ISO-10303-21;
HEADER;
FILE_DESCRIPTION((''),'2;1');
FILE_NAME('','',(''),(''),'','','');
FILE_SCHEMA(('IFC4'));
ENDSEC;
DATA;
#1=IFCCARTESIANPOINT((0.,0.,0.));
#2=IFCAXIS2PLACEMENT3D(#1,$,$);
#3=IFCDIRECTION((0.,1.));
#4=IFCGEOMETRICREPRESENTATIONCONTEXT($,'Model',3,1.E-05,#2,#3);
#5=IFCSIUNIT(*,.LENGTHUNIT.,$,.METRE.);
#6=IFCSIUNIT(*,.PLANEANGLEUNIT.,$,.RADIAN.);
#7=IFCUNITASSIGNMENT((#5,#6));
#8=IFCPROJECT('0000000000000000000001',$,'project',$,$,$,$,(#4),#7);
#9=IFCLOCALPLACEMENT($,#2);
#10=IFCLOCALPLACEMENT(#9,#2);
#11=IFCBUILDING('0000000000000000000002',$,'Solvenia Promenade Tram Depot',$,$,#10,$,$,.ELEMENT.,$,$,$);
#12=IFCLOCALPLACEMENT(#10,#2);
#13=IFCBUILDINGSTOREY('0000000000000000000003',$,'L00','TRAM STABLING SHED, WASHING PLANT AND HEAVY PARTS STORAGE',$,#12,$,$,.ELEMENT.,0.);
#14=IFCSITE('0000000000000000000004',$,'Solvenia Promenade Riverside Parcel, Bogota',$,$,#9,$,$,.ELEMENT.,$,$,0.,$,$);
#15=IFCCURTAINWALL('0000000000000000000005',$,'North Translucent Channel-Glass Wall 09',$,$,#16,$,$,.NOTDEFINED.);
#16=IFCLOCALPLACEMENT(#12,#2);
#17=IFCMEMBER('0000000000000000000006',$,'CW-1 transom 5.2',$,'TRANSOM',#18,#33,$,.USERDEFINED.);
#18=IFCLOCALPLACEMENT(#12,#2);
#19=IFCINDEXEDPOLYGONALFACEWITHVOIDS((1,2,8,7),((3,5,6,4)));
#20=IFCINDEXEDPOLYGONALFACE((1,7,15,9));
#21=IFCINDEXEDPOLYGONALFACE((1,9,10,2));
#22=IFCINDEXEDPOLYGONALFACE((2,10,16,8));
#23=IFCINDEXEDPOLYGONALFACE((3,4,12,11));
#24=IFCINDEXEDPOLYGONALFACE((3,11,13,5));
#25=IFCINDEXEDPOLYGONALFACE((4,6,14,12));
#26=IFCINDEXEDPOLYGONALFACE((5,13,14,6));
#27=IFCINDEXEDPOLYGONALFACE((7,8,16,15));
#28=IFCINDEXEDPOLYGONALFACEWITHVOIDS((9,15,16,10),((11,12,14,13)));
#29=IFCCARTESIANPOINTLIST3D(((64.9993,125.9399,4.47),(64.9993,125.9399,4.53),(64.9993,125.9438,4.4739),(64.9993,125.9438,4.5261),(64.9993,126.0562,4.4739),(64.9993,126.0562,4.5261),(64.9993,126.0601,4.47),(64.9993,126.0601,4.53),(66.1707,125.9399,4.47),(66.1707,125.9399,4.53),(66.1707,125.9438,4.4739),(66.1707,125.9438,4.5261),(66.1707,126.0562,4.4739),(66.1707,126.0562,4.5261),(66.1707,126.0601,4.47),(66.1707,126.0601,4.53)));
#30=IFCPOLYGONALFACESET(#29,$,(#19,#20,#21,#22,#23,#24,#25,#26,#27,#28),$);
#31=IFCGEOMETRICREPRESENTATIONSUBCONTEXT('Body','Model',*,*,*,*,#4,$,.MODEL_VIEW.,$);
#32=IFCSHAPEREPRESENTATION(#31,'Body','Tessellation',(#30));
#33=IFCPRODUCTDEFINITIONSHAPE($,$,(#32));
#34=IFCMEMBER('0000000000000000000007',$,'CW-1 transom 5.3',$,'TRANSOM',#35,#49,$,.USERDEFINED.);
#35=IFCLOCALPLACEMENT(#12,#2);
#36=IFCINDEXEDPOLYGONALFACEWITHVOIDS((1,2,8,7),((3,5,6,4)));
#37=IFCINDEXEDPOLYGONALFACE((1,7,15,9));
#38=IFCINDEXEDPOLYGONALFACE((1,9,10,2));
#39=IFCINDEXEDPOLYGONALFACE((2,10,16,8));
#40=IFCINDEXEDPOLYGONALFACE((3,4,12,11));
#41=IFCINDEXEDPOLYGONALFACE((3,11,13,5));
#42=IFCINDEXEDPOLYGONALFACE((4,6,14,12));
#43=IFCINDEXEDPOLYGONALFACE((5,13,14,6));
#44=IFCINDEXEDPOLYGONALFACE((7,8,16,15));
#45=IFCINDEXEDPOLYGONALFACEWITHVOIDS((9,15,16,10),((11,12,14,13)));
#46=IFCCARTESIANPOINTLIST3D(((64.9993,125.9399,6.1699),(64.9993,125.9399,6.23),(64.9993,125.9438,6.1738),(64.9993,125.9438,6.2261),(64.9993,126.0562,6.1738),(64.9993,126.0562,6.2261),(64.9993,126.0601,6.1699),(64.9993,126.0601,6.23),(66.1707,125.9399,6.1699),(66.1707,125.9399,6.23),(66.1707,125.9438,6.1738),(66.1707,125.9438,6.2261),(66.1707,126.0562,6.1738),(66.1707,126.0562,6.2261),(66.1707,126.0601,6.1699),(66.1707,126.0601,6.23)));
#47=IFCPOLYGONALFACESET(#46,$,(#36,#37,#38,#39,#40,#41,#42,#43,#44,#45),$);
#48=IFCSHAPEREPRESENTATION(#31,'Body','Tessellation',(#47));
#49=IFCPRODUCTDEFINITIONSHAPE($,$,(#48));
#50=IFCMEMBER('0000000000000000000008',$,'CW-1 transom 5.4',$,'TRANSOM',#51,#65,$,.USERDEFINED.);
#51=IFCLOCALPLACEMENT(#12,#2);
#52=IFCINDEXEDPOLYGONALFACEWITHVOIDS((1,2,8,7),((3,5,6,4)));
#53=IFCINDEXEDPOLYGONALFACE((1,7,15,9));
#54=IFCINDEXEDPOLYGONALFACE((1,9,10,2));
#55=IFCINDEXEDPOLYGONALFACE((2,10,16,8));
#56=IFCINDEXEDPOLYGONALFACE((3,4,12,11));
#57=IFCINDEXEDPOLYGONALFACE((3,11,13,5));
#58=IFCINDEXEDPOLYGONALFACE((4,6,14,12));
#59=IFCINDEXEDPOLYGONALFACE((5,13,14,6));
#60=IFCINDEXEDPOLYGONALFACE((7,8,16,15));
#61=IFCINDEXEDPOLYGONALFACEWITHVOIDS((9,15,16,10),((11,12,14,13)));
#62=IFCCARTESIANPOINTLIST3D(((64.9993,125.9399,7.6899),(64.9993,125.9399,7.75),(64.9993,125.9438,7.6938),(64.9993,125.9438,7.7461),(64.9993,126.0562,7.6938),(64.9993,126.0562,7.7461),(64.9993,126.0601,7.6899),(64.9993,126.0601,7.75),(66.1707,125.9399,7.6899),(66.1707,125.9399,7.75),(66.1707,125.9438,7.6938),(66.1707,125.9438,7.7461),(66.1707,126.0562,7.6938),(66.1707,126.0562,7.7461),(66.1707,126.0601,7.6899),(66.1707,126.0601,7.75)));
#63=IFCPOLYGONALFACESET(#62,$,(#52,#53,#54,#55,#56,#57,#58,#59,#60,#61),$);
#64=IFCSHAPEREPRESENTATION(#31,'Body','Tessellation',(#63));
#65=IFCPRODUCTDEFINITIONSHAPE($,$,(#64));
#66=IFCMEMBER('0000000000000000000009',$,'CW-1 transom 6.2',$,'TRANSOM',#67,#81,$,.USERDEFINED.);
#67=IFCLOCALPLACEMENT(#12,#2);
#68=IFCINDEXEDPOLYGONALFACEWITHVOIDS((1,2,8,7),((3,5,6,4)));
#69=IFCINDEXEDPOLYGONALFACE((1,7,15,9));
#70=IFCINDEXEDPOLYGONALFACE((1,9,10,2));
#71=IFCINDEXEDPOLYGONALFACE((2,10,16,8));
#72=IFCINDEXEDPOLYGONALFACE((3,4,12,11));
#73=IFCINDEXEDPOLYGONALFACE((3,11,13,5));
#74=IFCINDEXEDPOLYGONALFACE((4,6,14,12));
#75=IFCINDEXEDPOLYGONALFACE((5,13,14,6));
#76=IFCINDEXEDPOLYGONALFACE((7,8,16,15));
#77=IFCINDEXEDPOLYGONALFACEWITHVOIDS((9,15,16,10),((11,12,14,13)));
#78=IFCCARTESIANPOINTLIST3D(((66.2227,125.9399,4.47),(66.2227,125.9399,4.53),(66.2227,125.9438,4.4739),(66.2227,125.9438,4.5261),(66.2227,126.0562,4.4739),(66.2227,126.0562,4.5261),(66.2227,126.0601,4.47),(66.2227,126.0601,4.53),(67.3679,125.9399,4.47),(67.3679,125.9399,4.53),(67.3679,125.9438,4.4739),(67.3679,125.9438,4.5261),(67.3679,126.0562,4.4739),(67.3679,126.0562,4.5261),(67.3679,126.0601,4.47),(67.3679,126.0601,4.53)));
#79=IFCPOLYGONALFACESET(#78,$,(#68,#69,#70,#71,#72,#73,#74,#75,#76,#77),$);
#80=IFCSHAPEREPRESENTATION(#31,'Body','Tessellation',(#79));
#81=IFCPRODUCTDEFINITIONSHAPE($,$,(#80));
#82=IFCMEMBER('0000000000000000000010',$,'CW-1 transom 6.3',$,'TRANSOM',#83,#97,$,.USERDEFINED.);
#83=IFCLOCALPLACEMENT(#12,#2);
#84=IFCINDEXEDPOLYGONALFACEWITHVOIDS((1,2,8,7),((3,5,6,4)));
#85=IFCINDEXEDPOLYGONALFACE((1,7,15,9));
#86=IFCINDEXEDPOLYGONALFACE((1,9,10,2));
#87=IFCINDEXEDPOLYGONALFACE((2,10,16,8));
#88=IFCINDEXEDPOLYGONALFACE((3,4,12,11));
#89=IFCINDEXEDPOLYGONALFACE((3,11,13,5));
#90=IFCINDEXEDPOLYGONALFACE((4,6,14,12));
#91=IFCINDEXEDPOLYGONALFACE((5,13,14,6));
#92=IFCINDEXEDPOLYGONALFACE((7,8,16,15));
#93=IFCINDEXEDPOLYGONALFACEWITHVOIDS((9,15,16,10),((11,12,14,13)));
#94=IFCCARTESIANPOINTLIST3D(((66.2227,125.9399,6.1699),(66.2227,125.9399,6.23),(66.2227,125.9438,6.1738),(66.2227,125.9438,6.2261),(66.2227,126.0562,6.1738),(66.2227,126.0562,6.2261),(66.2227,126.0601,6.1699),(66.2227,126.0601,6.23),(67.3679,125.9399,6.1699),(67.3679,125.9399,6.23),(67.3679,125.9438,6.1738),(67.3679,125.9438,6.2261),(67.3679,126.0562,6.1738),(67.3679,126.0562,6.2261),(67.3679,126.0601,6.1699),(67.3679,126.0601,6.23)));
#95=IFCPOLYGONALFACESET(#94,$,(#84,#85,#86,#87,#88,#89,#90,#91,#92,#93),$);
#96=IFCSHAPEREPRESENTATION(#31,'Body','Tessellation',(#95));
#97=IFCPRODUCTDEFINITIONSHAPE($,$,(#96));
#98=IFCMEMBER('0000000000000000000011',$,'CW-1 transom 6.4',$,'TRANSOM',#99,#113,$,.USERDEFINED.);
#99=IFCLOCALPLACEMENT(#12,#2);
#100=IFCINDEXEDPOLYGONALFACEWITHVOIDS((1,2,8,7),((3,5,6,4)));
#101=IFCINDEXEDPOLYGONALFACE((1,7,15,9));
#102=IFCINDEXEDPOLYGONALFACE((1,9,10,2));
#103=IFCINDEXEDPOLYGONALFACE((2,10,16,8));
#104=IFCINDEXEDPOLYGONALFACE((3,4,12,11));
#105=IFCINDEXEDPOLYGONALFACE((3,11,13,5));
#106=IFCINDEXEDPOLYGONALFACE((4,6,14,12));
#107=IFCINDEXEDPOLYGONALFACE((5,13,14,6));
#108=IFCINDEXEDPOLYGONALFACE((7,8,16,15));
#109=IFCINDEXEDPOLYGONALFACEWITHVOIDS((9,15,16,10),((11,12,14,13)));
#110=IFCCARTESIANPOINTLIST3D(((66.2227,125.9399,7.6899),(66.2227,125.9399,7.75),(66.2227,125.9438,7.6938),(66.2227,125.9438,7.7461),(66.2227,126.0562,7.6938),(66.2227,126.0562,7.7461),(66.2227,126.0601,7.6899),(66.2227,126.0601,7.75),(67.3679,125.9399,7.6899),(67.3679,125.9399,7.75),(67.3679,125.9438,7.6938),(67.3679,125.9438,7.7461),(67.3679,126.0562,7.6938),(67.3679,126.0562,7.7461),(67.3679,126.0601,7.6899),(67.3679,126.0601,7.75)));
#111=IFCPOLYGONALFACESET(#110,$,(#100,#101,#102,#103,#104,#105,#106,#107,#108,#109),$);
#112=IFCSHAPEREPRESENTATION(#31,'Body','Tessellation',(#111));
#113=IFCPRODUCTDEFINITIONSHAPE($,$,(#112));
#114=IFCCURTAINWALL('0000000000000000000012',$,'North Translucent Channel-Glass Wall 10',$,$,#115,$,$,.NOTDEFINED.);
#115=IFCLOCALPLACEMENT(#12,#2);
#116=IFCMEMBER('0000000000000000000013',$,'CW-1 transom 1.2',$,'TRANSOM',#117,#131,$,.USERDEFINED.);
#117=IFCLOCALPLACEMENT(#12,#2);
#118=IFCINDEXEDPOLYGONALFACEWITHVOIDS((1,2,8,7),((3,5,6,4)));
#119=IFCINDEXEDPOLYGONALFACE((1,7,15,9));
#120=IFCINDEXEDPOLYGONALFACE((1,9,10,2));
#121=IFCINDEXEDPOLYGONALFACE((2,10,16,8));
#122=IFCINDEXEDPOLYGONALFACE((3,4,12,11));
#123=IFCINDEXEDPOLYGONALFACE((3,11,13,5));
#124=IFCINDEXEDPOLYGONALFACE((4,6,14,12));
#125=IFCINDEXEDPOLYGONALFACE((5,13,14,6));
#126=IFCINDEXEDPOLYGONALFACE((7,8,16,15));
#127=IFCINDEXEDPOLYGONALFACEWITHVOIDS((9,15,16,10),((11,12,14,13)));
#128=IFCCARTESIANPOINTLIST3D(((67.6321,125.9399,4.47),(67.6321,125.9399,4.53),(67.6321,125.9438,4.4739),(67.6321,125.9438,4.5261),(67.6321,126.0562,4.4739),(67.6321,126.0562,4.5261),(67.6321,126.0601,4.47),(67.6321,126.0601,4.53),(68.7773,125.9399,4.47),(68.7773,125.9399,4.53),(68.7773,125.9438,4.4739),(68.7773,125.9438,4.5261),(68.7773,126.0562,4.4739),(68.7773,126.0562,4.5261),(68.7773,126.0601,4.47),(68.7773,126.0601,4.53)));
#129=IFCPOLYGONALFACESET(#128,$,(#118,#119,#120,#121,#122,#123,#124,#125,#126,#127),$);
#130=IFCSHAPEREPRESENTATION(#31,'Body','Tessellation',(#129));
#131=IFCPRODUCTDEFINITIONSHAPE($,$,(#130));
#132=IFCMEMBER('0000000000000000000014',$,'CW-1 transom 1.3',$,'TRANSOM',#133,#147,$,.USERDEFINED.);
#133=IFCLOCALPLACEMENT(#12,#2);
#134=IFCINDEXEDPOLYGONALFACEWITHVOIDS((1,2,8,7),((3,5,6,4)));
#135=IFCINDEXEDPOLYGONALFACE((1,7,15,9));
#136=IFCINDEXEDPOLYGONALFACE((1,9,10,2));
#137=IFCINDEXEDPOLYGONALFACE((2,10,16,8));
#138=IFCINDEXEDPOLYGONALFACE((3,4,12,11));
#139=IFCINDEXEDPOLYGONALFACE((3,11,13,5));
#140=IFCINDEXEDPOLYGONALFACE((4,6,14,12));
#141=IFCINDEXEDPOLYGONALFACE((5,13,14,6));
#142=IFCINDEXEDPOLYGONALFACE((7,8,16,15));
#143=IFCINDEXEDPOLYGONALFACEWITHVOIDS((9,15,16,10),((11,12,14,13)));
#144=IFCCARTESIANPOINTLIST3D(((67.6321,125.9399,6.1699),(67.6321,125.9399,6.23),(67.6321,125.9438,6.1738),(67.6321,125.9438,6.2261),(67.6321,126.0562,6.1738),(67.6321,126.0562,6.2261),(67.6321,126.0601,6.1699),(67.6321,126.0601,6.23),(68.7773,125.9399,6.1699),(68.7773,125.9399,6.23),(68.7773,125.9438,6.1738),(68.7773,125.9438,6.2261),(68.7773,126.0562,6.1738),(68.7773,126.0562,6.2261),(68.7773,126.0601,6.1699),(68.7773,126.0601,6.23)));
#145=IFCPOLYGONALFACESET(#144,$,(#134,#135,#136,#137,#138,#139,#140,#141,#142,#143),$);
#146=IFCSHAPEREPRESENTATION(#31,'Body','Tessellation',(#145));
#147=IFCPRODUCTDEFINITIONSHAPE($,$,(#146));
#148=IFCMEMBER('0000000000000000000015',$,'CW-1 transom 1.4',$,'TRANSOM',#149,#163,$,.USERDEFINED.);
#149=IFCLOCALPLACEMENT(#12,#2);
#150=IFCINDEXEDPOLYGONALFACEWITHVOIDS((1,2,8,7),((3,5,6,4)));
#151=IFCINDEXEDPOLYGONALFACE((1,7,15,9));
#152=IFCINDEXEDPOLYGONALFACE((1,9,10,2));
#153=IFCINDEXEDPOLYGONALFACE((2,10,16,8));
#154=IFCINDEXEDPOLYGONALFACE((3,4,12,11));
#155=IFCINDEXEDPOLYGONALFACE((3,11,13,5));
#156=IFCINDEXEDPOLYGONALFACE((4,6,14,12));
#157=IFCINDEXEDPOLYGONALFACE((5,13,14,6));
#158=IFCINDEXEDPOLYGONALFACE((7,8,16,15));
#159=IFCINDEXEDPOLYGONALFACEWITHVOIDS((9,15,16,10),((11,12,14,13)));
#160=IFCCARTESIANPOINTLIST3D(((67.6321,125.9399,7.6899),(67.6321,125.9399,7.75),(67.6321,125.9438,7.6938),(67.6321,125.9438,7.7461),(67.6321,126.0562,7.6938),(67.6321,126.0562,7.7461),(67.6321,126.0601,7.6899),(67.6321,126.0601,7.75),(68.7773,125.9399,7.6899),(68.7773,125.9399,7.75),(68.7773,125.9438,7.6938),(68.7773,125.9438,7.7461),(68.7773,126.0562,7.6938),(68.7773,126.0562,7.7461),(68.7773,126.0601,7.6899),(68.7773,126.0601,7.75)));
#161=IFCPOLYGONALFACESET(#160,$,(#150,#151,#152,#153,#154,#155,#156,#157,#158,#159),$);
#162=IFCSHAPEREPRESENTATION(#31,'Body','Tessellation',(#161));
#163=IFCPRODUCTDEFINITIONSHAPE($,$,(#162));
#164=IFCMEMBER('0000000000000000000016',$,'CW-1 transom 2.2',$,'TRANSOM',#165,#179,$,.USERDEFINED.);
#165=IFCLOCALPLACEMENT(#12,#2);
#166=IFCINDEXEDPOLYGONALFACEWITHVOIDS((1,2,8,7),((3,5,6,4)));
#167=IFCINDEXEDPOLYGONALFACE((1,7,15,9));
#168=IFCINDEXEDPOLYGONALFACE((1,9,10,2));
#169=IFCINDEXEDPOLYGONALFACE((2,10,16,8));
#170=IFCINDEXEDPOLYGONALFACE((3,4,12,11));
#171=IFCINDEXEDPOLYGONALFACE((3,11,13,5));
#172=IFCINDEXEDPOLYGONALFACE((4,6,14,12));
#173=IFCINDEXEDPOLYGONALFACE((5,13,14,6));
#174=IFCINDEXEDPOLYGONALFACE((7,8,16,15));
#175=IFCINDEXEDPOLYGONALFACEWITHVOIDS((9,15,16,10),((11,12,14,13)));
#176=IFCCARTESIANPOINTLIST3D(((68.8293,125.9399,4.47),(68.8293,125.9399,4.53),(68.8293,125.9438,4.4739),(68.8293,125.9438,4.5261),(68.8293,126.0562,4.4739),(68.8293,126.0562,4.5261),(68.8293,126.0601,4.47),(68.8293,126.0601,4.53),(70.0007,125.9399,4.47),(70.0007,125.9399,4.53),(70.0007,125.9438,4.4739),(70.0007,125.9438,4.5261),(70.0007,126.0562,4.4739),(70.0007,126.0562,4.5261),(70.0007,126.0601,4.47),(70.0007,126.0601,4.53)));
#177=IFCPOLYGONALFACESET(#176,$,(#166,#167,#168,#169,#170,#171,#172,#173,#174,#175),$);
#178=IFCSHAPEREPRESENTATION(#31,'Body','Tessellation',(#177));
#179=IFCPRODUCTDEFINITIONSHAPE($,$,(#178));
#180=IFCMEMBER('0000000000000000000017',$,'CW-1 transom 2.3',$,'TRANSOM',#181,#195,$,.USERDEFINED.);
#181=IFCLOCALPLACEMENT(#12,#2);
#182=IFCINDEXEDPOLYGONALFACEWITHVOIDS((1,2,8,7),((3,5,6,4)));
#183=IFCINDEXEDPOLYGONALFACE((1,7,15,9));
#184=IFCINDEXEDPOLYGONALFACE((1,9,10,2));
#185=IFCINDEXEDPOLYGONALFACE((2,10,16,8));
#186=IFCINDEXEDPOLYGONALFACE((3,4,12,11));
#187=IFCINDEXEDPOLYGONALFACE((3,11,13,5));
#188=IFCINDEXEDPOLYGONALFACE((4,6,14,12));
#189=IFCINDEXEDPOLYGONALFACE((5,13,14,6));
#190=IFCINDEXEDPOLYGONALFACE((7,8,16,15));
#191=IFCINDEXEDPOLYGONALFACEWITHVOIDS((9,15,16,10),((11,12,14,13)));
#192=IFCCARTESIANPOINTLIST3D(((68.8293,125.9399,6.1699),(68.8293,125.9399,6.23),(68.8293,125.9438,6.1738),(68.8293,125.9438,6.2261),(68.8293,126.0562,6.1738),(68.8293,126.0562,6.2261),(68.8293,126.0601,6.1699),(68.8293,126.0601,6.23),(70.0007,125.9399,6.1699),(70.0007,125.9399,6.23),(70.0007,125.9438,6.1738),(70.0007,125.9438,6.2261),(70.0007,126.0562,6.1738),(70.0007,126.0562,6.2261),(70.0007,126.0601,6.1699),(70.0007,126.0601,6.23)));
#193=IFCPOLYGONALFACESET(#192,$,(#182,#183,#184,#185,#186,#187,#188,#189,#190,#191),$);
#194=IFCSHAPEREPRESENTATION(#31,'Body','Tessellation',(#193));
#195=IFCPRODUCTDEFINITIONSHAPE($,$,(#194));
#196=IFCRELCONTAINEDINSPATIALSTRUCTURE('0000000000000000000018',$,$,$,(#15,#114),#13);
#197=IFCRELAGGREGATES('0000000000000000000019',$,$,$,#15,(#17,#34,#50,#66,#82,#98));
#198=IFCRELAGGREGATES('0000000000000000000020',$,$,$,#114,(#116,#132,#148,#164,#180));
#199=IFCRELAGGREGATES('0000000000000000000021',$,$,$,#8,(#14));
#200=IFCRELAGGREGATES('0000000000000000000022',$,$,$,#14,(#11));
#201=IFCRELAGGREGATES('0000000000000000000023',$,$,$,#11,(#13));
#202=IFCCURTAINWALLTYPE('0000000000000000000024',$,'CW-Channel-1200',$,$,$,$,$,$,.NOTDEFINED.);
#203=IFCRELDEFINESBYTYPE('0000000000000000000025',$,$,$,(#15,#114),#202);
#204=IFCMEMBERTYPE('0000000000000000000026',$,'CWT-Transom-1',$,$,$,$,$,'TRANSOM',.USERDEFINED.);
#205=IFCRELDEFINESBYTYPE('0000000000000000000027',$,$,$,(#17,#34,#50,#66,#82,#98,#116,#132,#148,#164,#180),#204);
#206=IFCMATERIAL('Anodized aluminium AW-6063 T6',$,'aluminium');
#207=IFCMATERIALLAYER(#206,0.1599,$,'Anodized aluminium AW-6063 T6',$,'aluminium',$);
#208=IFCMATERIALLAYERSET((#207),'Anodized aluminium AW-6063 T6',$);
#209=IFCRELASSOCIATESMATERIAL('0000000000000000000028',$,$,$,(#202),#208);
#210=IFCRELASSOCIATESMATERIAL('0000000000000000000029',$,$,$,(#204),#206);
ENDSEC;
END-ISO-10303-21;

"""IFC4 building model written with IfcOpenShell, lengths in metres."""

from ifc_helpers import new_model, si_unit, direction, frame, origin, origin_2d, place, context, subcontext, project, spatial, hollow_rectangle, extrude, material, layer, layer_set, material_profile, profile_set, type_object, element, aggregate, save


model = new_model("IFC4")

# Units and contexts
model_context = context("Model", 3, precision=1e-05, world=origin(), true_north=direction((0.0, 1.0)))
body_context = subcontext(model_context, "Body", "Model", "MODEL_VIEW")
ifc_project = project(units=[si_unit("LENGTHUNIT", "METRE"), si_unit("PLANEANGLEUNIT", "RADIAN")], contexts=[model_context])

# Site, building, storey
site_placement = place(None, origin())
site = spatial("IfcSite", under=ifc_project, at=site_placement, Name="Solvenia Promenade Riverside Parcel, Bogota", CompositionType="ELEMENT", RefElevation=0.0)
building_placement = place(site_placement, origin())
building = spatial("IfcBuilding", under=site, at=building_placement, Name="Solvenia Promenade Tram Depot", CompositionType="ELEMENT")
storey_placement = place(building_placement, origin())
storey = spatial("IfcBuildingStorey", under=building, at=storey_placement, Name="L00", Description="TRAM STABLING SHED, WASHING PLANT AND HEAVY PARTS STORAGE", CompositionType="ELEMENT", Elevation=0.0)

# Curtain walls, members
ifc_material_1 = material(Name="Anodized aluminium AW-6063 T6", Category="aluminium")
ifc_layer_1 = layer(ifc_material_1, 0.1599, Name="Anodized aluminium AW-6063 T6", Category="aluminium")
ifc_layer_set_1 = layer_set([ifc_layer_1], Name="Anodized aluminium AW-6063 T6")
curtain_wall_type = type_object("IfcCurtainWallType", Name="CW-Channel-1200", PredefinedType="NOTDEFINED", material=ifc_layer_set_1)
curtain_wall_1_placement = place(storey_placement, origin())
curtain_wall_1 = element("IfcCurtainWall", 1, at=curtain_wall_1_placement, inside=storey, type_object=curtain_wall_type, Name="North Translucent Channel-Glass Wall 09", PredefinedType="NOTDEFINED")
ifc_material_profile = material_profile(ifc_material_1, hollow_rectangle(XDim=0.1201, YDim=0.0601, WallThickness=0.0039, at=origin_2d()), Name="ALU-T1", Category="aluminium")
ifc_profile_set = profile_set([ifc_material_profile], Name="Anodized aluminium AW-6063 T6")
member_type = type_object("IfcMemberType", Name="CWT-Transom-1", ElementType="TRANSOM", PredefinedType="USERDEFINED", material=ifc_profile_set)
member_1_placement = place(storey_placement, frame((64.9993, 126.0, 4.5), z_axis=(1.0, 0.0, 0.0), x_axis=(0.0, 1.0, 0.0)))
member_1 = element("IfcMember", 2, at=member_1_placement, type_object=member_type, Name="CW-1 transom 5.2", ObjectType="TRANSOM", PredefinedType="USERDEFINED", context=body_context, shape_type="SweptSolid", body=[
    extrude(hollow_rectangle(XDim=0.1201, YDim=0.0601, WallThickness=0.0039, at=origin_2d()), origin(), (0.0, 0.0, 1.0), 1.1714),
])
member_2_placement = place(storey_placement, frame((64.9993, 126.0, 6.2), z_axis=(1.0, 0.0, 0.0), x_axis=(0.0, 1.0, 0.0)))
member_2 = element("IfcMember", 3, at=member_2_placement, type_object=member_type, Name="CW-1 transom 5.3", ObjectType="TRANSOM", PredefinedType="USERDEFINED", context=body_context, shape_type="SweptSolid", body=[
    extrude(hollow_rectangle(XDim=0.1201, YDim=0.0601, WallThickness=0.0039, at=origin_2d()), origin(), (0.0, 0.0, 1.0), 1.1714),
])
member_3_placement = place(storey_placement, frame((64.9993, 126.0, 7.72), z_axis=(1.0, 0.0, 0.0), x_axis=(0.0, 1.0, 0.0)))
member_3 = element("IfcMember", 4, at=member_3_placement, type_object=member_type, Name="CW-1 transom 5.4", ObjectType="TRANSOM", PredefinedType="USERDEFINED", context=body_context, shape_type="SweptSolid", body=[
    extrude(hollow_rectangle(XDim=0.1201, YDim=0.0601, WallThickness=0.0039, at=origin_2d()), origin(), (0.0, 0.0, 1.0), 1.1714),
])
member_4_placement = place(storey_placement, frame((66.2227, 126.0, 4.5), z_axis=(1.0, 0.0, 0.0), x_axis=(0.0, 1.0, 0.0)))
member_4 = element("IfcMember", 5, at=member_4_placement, type_object=member_type, Name="CW-1 transom 6.2", ObjectType="TRANSOM", PredefinedType="USERDEFINED", context=body_context, shape_type="SweptSolid", body=[
    extrude(hollow_rectangle(XDim=0.1201, YDim=0.0601, WallThickness=0.0039, at=origin_2d()), origin(), (0.0, 0.0, 1.0), 1.1453),
])
member_5_placement = place(storey_placement, frame((66.2227, 126.0, 6.2), z_axis=(1.0, 0.0, 0.0), x_axis=(0.0, 1.0, 0.0)))
member_5 = element("IfcMember", 6, at=member_5_placement, type_object=member_type, Name="CW-1 transom 6.3", ObjectType="TRANSOM", PredefinedType="USERDEFINED", context=body_context, shape_type="SweptSolid", body=[
    extrude(hollow_rectangle(XDim=0.1201, YDim=0.0601, WallThickness=0.0039, at=origin_2d()), origin(), (0.0, 0.0, 1.0), 1.1453),
])
member_6_placement = place(storey_placement, frame((66.2227, 126.0, 7.72), z_axis=(1.0, 0.0, 0.0), x_axis=(0.0, 1.0, 0.0)))
member_6 = element("IfcMember", 7, at=member_6_placement, type_object=member_type, Name="CW-1 transom 6.4", ObjectType="TRANSOM", PredefinedType="USERDEFINED", context=body_context, shape_type="SweptSolid", body=[
    extrude(hollow_rectangle(XDim=0.1201, YDim=0.0601, WallThickness=0.0039, at=origin_2d()), origin(), (0.0, 0.0, 1.0), 1.1453),
])
curtain_wall_2_placement = place(storey_placement, origin())
curtain_wall_2 = element("IfcCurtainWall", 8, at=curtain_wall_2_placement, inside=storey, type_object=curtain_wall_type, Name="North Translucent Channel-Glass Wall 10", PredefinedType="NOTDEFINED")
member_7_placement = place(storey_placement, frame((67.6321, 126.0, 4.5), z_axis=(1.0, 0.0, 0.0), x_axis=(0.0, 1.0, 0.0)))
member_7 = element("IfcMember", 9, at=member_7_placement, type_object=member_type, Name="CW-1 transom 1.2", ObjectType="TRANSOM", PredefinedType="USERDEFINED", context=body_context, shape_type="SweptSolid", body=[
    extrude(hollow_rectangle(XDim=0.1201, YDim=0.0601, WallThickness=0.0039, at=origin_2d()), origin(), (0.0, 0.0, 1.0), 1.1453),
])
member_8_placement = place(storey_placement, frame((67.6321, 126.0, 6.2), z_axis=(1.0, 0.0, 0.0), x_axis=(0.0, 1.0, 0.0)))
member_8 = element("IfcMember", 10, at=member_8_placement, type_object=member_type, Name="CW-1 transom 1.3", ObjectType="TRANSOM", PredefinedType="USERDEFINED", context=body_context, shape_type="SweptSolid", body=[
    extrude(hollow_rectangle(XDim=0.1201, YDim=0.0601, WallThickness=0.0039, at=origin_2d()), origin(), (0.0, 0.0, 1.0), 1.1453),
])
member_9_placement = place(storey_placement, frame((67.6321, 126.0, 7.72), z_axis=(1.0, 0.0, 0.0), x_axis=(0.0, 1.0, 0.0)))
member_9 = element("IfcMember", 11, at=member_9_placement, type_object=member_type, Name="CW-1 transom 1.4", ObjectType="TRANSOM", PredefinedType="USERDEFINED", context=body_context, shape_type="SweptSolid", body=[
    extrude(hollow_rectangle(XDim=0.1201, YDim=0.0601, WallThickness=0.0039, at=origin_2d()), origin(), (0.0, 0.0, 1.0), 1.1453),
])
member_10_placement = place(storey_placement, frame((68.8293, 126.0, 4.5), z_axis=(1.0, 0.0, 0.0), x_axis=(0.0, 1.0, 0.0)))
member_10 = element("IfcMember", 12, at=member_10_placement, type_object=member_type, Name="CW-1 transom 2.2", ObjectType="TRANSOM", PredefinedType="USERDEFINED", context=body_context, shape_type="SweptSolid", body=[
    extrude(hollow_rectangle(XDim=0.1201, YDim=0.0601, WallThickness=0.0039, at=origin_2d()), origin(), (0.0, 0.0, 1.0), 1.1714),
])
member_11_placement = place(storey_placement, frame((68.8293, 126.0, 6.2), z_axis=(1.0, 0.0, 0.0), x_axis=(0.0, 1.0, 0.0)))
member_11 = element("IfcMember", 13, at=member_11_placement, type_object=member_type, Name="CW-1 transom 2.3", ObjectType="TRANSOM", PredefinedType="USERDEFINED", context=body_context, shape_type="SweptSolid", body=[
    extrude(hollow_rectangle(XDim=0.1201, YDim=0.0601, WallThickness=0.0039, at=origin_2d()), origin(), (0.0, 0.0, 1.0), 1.1714),
])

aggregate(curtain_wall_1, [member_1, member_2, member_3, member_4, member_5, member_6])
aggregate(curtain_wall_2, [member_7, member_8, member_9, member_10, member_11])

save(model, "model.ifc")
